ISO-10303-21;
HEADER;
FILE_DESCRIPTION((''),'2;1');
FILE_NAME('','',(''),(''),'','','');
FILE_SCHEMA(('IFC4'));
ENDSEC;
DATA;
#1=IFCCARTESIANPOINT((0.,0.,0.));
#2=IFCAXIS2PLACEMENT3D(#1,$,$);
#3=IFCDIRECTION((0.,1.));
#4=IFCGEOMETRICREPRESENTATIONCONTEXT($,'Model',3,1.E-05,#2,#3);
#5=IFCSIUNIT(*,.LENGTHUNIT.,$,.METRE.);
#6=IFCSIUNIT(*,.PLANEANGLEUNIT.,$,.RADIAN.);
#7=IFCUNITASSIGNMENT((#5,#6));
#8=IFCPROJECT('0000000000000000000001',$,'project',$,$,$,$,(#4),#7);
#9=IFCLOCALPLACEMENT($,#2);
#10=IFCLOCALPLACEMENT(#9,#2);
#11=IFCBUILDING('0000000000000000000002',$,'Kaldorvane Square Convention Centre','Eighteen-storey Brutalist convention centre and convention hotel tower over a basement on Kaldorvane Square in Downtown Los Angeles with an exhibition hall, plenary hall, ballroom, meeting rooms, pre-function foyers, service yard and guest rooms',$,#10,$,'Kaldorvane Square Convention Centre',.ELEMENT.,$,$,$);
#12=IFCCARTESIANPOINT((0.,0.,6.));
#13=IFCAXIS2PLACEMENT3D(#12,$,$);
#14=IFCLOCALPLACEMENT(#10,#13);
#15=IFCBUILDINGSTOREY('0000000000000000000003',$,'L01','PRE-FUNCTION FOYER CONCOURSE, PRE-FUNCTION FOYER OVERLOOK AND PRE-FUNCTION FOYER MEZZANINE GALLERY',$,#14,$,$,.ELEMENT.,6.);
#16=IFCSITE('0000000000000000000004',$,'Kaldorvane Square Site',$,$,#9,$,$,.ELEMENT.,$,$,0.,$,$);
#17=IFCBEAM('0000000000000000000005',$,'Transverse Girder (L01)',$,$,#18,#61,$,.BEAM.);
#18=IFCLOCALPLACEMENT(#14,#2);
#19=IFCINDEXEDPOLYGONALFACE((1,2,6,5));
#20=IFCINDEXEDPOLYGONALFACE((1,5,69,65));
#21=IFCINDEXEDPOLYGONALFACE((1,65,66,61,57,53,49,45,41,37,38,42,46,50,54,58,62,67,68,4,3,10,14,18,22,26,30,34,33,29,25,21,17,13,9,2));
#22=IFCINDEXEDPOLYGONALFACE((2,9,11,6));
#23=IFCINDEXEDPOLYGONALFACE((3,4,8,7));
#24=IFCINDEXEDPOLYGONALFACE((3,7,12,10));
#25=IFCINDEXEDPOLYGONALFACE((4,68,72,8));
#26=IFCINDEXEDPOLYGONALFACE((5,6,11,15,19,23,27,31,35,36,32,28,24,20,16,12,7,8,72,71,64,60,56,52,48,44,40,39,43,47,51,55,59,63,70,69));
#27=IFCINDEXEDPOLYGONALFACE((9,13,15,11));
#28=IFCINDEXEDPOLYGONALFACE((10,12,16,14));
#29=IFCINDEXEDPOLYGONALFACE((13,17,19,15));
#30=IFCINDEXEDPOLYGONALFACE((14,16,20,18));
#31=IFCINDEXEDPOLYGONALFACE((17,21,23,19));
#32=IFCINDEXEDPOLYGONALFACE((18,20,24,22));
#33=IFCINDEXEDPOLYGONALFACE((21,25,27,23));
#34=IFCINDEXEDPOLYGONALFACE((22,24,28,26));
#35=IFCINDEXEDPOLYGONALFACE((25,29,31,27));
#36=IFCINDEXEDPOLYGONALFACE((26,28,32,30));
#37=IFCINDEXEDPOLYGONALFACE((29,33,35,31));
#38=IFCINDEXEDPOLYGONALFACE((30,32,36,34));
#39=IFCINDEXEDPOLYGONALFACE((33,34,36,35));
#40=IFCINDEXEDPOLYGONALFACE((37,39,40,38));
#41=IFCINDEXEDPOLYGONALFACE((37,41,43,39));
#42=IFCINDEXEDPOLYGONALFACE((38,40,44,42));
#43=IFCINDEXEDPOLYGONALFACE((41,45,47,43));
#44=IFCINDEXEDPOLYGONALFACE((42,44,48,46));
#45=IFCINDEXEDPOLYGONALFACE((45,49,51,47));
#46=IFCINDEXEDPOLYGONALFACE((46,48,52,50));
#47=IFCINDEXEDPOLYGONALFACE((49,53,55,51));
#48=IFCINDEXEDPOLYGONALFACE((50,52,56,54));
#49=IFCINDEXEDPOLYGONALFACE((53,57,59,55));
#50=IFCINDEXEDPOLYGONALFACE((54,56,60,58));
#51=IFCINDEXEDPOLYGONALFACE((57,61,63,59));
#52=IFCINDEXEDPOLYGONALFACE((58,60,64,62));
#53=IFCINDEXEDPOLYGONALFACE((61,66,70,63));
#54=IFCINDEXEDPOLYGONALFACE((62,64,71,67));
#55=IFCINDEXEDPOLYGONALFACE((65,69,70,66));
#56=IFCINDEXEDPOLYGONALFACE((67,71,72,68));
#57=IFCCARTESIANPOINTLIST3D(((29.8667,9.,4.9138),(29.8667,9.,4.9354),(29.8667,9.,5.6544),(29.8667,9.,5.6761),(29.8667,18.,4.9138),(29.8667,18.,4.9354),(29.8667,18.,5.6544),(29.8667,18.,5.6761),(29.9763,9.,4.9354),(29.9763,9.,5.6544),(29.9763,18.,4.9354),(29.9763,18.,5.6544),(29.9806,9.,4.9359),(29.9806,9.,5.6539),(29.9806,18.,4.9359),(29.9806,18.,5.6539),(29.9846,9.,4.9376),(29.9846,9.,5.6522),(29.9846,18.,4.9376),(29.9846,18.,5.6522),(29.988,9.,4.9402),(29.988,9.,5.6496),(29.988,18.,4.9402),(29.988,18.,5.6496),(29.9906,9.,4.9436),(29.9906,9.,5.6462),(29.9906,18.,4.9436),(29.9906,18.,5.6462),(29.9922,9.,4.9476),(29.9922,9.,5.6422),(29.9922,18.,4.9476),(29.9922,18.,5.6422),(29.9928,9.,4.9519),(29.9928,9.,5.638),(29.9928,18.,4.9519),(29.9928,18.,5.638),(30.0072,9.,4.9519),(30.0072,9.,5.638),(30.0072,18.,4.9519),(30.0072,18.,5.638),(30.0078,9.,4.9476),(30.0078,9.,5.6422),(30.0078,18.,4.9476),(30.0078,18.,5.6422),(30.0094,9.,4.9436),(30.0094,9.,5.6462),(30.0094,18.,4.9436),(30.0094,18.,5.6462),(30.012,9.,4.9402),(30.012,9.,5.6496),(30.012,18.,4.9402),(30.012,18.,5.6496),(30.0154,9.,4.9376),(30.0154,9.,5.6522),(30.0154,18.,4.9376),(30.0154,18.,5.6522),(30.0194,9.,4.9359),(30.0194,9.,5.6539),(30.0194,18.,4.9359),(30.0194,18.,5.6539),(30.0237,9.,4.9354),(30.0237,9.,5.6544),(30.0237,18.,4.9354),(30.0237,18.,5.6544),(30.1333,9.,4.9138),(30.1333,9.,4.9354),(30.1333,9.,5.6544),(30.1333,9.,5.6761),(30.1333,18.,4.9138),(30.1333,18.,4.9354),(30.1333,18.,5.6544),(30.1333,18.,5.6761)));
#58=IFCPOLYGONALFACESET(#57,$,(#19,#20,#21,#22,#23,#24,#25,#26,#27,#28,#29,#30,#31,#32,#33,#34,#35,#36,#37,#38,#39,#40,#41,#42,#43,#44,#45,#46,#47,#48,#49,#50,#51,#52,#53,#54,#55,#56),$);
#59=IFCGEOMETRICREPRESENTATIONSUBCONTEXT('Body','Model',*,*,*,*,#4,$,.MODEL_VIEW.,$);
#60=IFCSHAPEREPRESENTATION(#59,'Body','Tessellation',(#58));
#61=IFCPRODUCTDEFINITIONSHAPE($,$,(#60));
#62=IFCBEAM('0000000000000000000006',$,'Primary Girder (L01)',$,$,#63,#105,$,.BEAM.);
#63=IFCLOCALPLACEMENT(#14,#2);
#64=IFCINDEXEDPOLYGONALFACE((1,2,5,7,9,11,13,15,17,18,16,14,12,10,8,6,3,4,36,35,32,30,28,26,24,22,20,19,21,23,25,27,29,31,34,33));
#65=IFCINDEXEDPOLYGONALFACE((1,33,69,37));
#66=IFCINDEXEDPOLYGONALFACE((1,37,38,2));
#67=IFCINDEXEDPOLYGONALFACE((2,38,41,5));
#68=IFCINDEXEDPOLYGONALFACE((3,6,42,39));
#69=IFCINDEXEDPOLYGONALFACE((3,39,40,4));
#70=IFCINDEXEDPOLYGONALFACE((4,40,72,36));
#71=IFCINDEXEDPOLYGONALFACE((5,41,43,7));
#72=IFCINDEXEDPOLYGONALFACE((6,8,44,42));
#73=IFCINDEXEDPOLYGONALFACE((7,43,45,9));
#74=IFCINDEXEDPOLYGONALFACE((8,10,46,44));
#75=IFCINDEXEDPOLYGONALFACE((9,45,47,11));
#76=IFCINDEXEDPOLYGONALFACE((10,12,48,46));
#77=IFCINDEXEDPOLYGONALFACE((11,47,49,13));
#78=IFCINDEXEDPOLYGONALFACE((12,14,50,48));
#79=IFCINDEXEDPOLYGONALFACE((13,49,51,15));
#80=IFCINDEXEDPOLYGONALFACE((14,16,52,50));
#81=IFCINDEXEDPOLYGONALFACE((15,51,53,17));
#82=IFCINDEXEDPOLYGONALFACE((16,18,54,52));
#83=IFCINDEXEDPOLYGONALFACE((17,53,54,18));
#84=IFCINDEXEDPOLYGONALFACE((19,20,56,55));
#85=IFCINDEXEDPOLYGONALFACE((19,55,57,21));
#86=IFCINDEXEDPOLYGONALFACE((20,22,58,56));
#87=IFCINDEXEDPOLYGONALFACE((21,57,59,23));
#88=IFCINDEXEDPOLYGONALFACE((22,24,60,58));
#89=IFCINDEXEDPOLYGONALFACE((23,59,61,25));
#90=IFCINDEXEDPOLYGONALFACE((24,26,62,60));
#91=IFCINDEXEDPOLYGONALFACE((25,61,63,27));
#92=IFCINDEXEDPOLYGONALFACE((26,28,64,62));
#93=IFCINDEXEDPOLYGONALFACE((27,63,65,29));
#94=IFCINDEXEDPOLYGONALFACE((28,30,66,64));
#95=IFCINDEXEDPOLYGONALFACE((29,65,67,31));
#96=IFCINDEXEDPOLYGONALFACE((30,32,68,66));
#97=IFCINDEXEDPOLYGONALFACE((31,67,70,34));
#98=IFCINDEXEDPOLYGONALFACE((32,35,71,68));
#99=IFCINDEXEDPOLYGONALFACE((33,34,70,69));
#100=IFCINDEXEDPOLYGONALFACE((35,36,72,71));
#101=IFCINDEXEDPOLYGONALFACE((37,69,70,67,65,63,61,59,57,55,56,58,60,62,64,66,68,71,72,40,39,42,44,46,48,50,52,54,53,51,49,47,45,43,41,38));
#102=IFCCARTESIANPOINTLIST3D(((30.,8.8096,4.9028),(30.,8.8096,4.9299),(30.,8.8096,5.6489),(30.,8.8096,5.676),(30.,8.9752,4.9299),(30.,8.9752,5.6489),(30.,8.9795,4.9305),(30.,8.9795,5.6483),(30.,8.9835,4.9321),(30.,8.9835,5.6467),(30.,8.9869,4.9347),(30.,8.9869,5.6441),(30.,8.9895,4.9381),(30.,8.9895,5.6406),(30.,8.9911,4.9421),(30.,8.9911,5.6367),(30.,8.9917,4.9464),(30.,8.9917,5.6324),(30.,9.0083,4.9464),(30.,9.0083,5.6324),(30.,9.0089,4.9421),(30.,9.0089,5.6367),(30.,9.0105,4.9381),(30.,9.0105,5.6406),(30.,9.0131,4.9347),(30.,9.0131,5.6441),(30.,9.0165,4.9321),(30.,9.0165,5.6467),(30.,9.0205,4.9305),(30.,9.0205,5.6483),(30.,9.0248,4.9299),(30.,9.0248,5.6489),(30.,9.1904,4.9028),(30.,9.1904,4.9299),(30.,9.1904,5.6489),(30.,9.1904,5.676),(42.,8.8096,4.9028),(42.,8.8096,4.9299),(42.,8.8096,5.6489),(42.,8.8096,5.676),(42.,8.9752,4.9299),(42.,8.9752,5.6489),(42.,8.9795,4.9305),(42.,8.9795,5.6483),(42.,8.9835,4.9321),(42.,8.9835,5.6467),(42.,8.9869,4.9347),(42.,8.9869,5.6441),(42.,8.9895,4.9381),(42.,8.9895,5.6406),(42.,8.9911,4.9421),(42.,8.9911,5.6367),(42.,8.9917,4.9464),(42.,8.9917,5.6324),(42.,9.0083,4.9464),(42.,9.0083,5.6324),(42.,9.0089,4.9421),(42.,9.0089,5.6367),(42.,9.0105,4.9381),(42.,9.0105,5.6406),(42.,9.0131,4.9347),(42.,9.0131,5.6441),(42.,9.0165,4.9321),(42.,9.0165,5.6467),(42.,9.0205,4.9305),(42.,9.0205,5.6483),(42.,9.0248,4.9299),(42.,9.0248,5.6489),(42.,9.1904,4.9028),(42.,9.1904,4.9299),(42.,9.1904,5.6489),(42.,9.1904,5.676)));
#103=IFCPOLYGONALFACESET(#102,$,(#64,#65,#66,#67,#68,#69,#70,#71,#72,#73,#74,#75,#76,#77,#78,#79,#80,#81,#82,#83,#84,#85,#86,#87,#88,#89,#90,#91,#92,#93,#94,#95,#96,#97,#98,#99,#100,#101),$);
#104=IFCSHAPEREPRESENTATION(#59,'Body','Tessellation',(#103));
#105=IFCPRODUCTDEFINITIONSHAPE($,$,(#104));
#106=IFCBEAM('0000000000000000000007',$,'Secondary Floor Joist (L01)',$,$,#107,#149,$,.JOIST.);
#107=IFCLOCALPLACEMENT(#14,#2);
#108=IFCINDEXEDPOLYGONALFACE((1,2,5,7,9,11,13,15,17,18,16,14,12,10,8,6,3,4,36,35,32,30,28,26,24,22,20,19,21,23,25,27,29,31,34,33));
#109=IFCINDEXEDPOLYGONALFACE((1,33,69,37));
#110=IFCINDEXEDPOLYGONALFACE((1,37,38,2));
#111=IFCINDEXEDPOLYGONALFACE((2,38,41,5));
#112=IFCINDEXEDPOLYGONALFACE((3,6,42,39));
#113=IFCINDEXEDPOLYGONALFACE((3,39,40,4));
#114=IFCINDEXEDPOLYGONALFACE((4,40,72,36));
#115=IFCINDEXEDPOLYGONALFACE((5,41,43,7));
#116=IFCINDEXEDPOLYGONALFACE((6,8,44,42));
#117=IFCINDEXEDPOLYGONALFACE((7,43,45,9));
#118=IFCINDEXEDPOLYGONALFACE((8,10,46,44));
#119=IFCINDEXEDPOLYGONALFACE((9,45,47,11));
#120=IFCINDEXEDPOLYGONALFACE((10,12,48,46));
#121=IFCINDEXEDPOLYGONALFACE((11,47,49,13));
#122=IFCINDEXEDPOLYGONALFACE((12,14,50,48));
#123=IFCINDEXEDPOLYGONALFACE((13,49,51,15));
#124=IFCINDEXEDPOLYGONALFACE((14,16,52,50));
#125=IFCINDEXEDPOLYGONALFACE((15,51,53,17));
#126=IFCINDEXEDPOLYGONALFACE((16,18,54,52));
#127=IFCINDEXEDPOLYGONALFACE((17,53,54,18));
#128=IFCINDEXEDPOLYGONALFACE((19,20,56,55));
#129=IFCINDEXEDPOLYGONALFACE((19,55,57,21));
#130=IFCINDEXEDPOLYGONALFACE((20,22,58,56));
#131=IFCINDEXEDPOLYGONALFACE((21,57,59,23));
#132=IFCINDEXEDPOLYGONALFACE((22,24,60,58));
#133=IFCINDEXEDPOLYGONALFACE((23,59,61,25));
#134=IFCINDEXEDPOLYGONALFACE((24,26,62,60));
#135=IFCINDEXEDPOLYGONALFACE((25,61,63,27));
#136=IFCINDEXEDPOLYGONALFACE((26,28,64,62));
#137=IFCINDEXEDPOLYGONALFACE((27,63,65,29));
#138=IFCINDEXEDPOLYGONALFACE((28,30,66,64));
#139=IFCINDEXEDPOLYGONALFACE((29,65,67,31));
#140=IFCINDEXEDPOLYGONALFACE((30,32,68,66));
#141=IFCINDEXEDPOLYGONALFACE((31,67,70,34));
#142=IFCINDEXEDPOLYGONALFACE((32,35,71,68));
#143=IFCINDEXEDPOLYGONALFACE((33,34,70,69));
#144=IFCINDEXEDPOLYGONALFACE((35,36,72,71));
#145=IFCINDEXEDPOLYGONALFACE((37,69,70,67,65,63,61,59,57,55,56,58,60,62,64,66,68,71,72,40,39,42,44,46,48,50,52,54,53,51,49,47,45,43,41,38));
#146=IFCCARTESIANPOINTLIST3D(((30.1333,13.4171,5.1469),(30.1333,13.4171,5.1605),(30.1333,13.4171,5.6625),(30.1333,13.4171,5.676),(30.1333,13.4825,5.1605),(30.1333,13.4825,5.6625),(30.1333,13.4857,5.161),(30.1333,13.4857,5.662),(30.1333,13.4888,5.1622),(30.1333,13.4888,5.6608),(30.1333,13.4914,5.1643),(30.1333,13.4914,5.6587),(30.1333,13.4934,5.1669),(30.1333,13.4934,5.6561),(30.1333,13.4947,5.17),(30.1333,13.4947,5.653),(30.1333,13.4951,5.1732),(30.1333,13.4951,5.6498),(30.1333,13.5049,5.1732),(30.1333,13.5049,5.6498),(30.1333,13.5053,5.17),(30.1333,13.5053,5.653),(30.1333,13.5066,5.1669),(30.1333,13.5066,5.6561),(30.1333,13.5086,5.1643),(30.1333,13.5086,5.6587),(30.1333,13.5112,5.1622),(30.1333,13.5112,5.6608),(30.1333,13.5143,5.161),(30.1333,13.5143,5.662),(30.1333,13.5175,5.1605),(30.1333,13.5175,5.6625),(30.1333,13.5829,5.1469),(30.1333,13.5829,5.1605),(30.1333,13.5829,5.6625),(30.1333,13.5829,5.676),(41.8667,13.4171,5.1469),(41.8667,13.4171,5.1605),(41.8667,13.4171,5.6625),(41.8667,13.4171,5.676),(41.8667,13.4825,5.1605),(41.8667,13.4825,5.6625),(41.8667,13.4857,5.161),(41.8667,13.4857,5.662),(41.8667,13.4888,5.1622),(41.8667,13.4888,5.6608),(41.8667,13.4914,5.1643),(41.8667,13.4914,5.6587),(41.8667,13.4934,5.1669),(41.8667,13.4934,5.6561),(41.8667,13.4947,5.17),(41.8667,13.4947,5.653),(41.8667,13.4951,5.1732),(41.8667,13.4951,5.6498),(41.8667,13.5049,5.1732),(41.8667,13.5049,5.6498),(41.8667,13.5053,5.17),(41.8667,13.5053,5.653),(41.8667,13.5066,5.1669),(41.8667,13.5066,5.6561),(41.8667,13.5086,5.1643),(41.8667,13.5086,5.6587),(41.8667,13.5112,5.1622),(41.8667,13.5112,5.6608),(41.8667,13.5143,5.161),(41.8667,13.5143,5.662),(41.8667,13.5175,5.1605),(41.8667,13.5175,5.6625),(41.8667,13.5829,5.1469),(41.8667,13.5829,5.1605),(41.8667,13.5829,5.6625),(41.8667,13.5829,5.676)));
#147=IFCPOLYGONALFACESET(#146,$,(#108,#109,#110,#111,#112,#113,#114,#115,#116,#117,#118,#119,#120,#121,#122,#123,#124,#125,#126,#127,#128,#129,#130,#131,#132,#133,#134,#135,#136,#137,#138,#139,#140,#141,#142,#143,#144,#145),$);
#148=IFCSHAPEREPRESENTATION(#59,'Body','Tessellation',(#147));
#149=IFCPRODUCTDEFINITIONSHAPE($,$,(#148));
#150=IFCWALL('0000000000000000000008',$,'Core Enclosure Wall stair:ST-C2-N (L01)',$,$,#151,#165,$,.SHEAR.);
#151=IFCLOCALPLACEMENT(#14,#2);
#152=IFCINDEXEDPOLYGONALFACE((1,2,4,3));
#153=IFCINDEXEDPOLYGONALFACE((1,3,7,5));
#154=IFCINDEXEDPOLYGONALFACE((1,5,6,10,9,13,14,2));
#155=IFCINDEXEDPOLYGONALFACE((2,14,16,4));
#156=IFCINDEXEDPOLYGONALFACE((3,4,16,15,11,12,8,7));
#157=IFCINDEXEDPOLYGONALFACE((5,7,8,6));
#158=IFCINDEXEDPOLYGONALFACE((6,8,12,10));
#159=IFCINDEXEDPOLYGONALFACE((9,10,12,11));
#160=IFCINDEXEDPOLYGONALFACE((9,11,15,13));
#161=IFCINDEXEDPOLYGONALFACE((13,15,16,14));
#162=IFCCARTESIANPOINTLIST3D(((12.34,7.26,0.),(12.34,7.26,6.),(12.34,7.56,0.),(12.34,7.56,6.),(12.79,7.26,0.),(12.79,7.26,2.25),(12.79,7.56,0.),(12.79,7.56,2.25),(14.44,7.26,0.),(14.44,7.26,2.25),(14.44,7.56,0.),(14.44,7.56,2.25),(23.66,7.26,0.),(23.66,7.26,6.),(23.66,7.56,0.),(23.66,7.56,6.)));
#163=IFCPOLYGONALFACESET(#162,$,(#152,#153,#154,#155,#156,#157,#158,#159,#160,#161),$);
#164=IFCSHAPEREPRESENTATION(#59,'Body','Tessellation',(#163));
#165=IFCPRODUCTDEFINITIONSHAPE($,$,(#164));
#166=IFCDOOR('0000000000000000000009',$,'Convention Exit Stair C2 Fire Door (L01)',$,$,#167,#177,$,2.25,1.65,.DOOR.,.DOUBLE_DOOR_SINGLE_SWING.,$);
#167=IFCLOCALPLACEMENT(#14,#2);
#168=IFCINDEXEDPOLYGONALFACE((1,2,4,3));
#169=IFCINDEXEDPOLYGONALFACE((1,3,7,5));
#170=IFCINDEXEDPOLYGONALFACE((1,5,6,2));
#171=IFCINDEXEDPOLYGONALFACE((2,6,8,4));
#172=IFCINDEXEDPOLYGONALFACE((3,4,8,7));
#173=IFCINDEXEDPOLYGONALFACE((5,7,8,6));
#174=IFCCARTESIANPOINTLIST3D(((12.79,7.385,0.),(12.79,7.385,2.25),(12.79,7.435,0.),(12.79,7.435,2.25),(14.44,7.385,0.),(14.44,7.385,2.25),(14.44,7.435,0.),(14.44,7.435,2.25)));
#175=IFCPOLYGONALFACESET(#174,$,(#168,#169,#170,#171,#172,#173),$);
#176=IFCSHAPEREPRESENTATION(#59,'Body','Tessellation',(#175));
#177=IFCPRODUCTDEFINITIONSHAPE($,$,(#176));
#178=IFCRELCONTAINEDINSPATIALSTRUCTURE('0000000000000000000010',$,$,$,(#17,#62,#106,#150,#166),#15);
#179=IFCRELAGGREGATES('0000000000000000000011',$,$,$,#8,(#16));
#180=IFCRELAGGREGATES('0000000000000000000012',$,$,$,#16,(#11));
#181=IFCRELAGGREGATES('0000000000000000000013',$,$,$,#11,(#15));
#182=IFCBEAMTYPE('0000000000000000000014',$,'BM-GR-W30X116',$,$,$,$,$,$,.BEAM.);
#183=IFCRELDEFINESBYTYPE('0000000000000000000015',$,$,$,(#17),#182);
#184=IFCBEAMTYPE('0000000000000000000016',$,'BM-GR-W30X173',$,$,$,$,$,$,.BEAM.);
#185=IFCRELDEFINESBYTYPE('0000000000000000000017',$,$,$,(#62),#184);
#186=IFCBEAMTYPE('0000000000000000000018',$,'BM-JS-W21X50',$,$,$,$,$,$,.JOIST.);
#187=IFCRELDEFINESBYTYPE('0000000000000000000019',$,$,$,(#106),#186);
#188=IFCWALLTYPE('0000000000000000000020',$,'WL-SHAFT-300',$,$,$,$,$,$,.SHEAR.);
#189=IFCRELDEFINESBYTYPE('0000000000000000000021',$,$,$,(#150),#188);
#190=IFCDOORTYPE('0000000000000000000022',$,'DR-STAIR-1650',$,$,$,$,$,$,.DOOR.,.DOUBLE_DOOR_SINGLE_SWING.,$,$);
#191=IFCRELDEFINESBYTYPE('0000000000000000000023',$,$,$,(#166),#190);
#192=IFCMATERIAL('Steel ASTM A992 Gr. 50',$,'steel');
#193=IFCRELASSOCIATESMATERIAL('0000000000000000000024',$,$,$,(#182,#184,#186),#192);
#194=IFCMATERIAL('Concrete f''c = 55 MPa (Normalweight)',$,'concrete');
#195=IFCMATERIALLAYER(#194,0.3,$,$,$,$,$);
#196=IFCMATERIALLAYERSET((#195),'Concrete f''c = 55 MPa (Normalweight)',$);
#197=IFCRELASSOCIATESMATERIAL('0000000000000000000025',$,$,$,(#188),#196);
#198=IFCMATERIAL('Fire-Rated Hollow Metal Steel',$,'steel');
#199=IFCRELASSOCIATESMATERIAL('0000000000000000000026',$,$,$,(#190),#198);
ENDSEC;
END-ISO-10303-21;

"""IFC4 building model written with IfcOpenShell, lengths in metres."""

from ifc_helpers import new_model, si_unit, direction, frame, frame_2d, origin, origin_2d, place, context, subcontext, project, spatial, rectangle, i_section, extrude, material, layer, layer_set, material_profile, profile_set, type_object, element, fill, save


model = new_model("IFC4")

# Units and contexts
model_context = context("Model", 3, precision=1e-05, world=origin(), true_north=direction((0.0, 1.0)))
body_context = subcontext(model_context, "Body", "Model", "MODEL_VIEW")
ifc_project = project(units=[si_unit("LENGTHUNIT", "METRE"), si_unit("PLANEANGLEUNIT", "RADIAN")], contexts=[model_context])

# Site, building, storey
site_placement = place(None, origin())
site = spatial("IfcSite", under=ifc_project, at=site_placement, Name="Kaldorvane Square Site", CompositionType="ELEMENT", RefElevation=0.0)
building_placement = place(site_placement, origin())
building = spatial("IfcBuilding", under=site, at=building_placement, Name="Kaldorvane Square Convention Centre", Description="Eighteen-storey Brutalist convention centre and convention hotel tower over a basement on Kaldorvane Square in Downtown Los Angeles with an exhibition hall, plenary hall, ballroom, meeting rooms, pre-function foyers, service yard and guest rooms", LongName="Kaldorvane Square Convention Centre", CompositionType="ELEMENT")
storey_placement = place(building_placement, frame((0.0, 0.0, 6.0)))
storey = spatial("IfcBuildingStorey", under=building, at=storey_placement, Name="L01", Description="PRE-FUNCTION FOYER CONCOURSE, PRE-FUNCTION FOYER OVERLOOK AND PRE-FUNCTION FOYER MEZZANINE GALLERY", CompositionType="ELEMENT", Elevation=6.0)

# Shared definitions
ifc_material_1 = material(Name="Steel ASTM A992 Gr. 50", Category="steel")

# Beams
ifc_material_profile_1 = material_profile(ifc_material_1, i_section(OverallWidth=0.2666, OverallDepth=0.7623, WebThickness=0.0144, FlangeThickness=0.0216, FilletRadius=0.0165, at=origin_2d()), Name="W30X116")
ifc_profile_set_1 = profile_set([ifc_material_profile_1], Name="Steel ASTM A992 Gr. 50")
beam_type_1 = type_object("IfcBeamType", Name="BM-GR-W30X116", PredefinedType="BEAM", material=ifc_profile_set_1)
for number, where, z_axis, x_axis, name in (
    (1, (30.0, 9.0, 5.2949), (0.0, 1.0, 0.0), (-1.0, 0.0, 0.0), "Transverse Girder (L01)"),
):
    element("IfcBeam", number, at=place(storey_placement, frame(where, z_axis=z_axis, x_axis=x_axis)), inside=storey, type_object=beam_type_1, Name=name, PredefinedType="BEAM", context=body_context, shape_type="SweptSolid", body=[
        extrude(i_section(OverallWidth=0.2666, OverallDepth=0.7623, WebThickness=0.0144, FlangeThickness=0.0216, FilletRadius=0.0165, at=origin_2d()), origin(), (0.0, 0.0, 1.0), 9.0),
    ])
ifc_material_profile_2 = material_profile(ifc_material_1, i_section(OverallWidth=0.3807, OverallDepth=0.7732, WebThickness=0.0166, FlangeThickness=0.0271, FilletRadius=0.0165, at=origin_2d()), Name="W30X173")
ifc_profile_set_2 = profile_set([ifc_material_profile_2], Name="Steel ASTM A992 Gr. 50")
beam_type_2 = type_object("IfcBeamType", Name="BM-GR-W30X173", PredefinedType="BEAM", material=ifc_profile_set_2)
beam_1_placement = place(storey_placement, frame((30.0, 9.0, 5.2894), z_axis=(1.0, 0.0, 0.0), x_axis=(0.0, 1.0, 0.0)))
element("IfcBeam", 2, at=beam_1_placement, inside=storey, type_object=beam_type_2, Name="Primary Girder (L01)", PredefinedType="BEAM", context=body_context, shape_type="SweptSolid", body=[
    extrude(i_section(OverallWidth=0.3807, OverallDepth=0.7732, WebThickness=0.0166, FlangeThickness=0.0271, FilletRadius=0.0165, at=origin_2d()), origin(), (0.0, 0.0, 1.0), 12.0),
])
ifc_material_profile_3 = material_profile(ifc_material_1, i_section(OverallWidth=0.1659, OverallDepth=0.5291, WebThickness=0.0097, FlangeThickness=0.0136, FilletRadius=0.0127, at=origin_2d()), Name="W21X50")
ifc_profile_set_3 = profile_set([ifc_material_profile_3], Name="Steel ASTM A992 Gr. 50")
beam_type_3 = type_object("IfcBeamType", Name="BM-JS-W21X50", PredefinedType="JOIST", material=ifc_profile_set_3)
beam_2_placement = place(storey_placement, frame((30.1333, 13.5, 5.4115), z_axis=(1.0, 0.0, 0.0), x_axis=(0.0, 1.0, 0.0)))
element("IfcBeam", 3, at=beam_2_placement, inside=storey, type_object=beam_type_3, Name="Secondary Floor Joist (L01)", PredefinedType="JOIST", context=body_context, shape_type="SweptSolid", body=[
    extrude(i_section(OverallWidth=0.1659, OverallDepth=0.5291, WebThickness=0.0097, FlangeThickness=0.0136, FilletRadius=0.0127, at=origin_2d()), origin(), (0.0, 0.0, 1.0), 11.7334),
])

# Wall, opening, door
ifc_material_2 = material(Name="Concrete f'c = 55 MPa (Normalweight)", Category="concrete")
ifc_layer = layer(ifc_material_2, 0.3)
ifc_layer_set = layer_set([ifc_layer], Name="Concrete f'c = 55 MPa (Normalweight)")
wall_type = type_object("IfcWallType", Name="WL-SHAFT-300", PredefinedType="SHEAR", material=ifc_layer_set)
wall_1_placement = place(storey_placement, frame((23.66, 7.41, 0.0), z_axis=(0.0, 0.0, 1.0), x_axis=(-1.0, 0.0, 0.0)))
wall_1 = element("IfcWall", 4, at=wall_1_placement, inside=storey, type_object=wall_type, Name="Core Enclosure Wall stair:ST-C2-N (L01)", PredefinedType="SHEAR", context=body_context, shape_type="SweptSolid", body=[
    extrude(rectangle(XDim=11.32, YDim=0.3, at=frame_2d((5.66, 0.0))), origin(), (0.0, 0.0, 1.0), 6.0),
])
opening_1_placement = place(wall_1_placement, frame((9.22, 0.0, 0.0)))
opening_1 = element("IfcOpeningElement", 5, at=opening_1_placement, cuts=wall_1, PredefinedType="OPENING", context=body_context, shape_type="SweptSolid", body=[
    extrude(rectangle(XDim=1.65, YDim=2.25, at=frame_2d((0.825, 1.125))), frame((0.0, 0.165, 0.0), z_axis=(0.0, -1.0, 0.0), x_axis=(1.0, 0.0, 0.0)), (0.0, 0.0, 1.0), 0.33),
])
ifc_material_3 = material(Name="Fire-Rated Hollow Metal Steel", Category="steel")
door_type = type_object("IfcDoorType", Name="DR-STAIR-1650", OperationType="DOUBLE_DOOR_SINGLE_SWING", PredefinedType="DOOR", material=ifc_material_3)
door_1_placement = place(opening_1_placement, origin())
door_1 = element("IfcDoor", 6, at=door_1_placement, inside=storey, type_object=door_type, Name="Convention Exit Stair C2 Fire Door (L01)", OperationType="DOUBLE_DOOR_SINGLE_SWING", OverallHeight=2.25, OverallWidth=1.65, PredefinedType="DOOR", context=body_context, shape_type="SweptSolid", body=[
    extrude(rectangle(XDim=1.65, YDim=2.25, at=frame_2d((0.825, 1.125))), frame((0.0, 0.025, 0.0), z_axis=(0.0, -1.0, 0.0), x_axis=(1.0, 0.0, 0.0)), (0.0, 0.0, 1.0), 0.05),
])
fill(opening_1, door_1)

save(model, "model.ifc")
